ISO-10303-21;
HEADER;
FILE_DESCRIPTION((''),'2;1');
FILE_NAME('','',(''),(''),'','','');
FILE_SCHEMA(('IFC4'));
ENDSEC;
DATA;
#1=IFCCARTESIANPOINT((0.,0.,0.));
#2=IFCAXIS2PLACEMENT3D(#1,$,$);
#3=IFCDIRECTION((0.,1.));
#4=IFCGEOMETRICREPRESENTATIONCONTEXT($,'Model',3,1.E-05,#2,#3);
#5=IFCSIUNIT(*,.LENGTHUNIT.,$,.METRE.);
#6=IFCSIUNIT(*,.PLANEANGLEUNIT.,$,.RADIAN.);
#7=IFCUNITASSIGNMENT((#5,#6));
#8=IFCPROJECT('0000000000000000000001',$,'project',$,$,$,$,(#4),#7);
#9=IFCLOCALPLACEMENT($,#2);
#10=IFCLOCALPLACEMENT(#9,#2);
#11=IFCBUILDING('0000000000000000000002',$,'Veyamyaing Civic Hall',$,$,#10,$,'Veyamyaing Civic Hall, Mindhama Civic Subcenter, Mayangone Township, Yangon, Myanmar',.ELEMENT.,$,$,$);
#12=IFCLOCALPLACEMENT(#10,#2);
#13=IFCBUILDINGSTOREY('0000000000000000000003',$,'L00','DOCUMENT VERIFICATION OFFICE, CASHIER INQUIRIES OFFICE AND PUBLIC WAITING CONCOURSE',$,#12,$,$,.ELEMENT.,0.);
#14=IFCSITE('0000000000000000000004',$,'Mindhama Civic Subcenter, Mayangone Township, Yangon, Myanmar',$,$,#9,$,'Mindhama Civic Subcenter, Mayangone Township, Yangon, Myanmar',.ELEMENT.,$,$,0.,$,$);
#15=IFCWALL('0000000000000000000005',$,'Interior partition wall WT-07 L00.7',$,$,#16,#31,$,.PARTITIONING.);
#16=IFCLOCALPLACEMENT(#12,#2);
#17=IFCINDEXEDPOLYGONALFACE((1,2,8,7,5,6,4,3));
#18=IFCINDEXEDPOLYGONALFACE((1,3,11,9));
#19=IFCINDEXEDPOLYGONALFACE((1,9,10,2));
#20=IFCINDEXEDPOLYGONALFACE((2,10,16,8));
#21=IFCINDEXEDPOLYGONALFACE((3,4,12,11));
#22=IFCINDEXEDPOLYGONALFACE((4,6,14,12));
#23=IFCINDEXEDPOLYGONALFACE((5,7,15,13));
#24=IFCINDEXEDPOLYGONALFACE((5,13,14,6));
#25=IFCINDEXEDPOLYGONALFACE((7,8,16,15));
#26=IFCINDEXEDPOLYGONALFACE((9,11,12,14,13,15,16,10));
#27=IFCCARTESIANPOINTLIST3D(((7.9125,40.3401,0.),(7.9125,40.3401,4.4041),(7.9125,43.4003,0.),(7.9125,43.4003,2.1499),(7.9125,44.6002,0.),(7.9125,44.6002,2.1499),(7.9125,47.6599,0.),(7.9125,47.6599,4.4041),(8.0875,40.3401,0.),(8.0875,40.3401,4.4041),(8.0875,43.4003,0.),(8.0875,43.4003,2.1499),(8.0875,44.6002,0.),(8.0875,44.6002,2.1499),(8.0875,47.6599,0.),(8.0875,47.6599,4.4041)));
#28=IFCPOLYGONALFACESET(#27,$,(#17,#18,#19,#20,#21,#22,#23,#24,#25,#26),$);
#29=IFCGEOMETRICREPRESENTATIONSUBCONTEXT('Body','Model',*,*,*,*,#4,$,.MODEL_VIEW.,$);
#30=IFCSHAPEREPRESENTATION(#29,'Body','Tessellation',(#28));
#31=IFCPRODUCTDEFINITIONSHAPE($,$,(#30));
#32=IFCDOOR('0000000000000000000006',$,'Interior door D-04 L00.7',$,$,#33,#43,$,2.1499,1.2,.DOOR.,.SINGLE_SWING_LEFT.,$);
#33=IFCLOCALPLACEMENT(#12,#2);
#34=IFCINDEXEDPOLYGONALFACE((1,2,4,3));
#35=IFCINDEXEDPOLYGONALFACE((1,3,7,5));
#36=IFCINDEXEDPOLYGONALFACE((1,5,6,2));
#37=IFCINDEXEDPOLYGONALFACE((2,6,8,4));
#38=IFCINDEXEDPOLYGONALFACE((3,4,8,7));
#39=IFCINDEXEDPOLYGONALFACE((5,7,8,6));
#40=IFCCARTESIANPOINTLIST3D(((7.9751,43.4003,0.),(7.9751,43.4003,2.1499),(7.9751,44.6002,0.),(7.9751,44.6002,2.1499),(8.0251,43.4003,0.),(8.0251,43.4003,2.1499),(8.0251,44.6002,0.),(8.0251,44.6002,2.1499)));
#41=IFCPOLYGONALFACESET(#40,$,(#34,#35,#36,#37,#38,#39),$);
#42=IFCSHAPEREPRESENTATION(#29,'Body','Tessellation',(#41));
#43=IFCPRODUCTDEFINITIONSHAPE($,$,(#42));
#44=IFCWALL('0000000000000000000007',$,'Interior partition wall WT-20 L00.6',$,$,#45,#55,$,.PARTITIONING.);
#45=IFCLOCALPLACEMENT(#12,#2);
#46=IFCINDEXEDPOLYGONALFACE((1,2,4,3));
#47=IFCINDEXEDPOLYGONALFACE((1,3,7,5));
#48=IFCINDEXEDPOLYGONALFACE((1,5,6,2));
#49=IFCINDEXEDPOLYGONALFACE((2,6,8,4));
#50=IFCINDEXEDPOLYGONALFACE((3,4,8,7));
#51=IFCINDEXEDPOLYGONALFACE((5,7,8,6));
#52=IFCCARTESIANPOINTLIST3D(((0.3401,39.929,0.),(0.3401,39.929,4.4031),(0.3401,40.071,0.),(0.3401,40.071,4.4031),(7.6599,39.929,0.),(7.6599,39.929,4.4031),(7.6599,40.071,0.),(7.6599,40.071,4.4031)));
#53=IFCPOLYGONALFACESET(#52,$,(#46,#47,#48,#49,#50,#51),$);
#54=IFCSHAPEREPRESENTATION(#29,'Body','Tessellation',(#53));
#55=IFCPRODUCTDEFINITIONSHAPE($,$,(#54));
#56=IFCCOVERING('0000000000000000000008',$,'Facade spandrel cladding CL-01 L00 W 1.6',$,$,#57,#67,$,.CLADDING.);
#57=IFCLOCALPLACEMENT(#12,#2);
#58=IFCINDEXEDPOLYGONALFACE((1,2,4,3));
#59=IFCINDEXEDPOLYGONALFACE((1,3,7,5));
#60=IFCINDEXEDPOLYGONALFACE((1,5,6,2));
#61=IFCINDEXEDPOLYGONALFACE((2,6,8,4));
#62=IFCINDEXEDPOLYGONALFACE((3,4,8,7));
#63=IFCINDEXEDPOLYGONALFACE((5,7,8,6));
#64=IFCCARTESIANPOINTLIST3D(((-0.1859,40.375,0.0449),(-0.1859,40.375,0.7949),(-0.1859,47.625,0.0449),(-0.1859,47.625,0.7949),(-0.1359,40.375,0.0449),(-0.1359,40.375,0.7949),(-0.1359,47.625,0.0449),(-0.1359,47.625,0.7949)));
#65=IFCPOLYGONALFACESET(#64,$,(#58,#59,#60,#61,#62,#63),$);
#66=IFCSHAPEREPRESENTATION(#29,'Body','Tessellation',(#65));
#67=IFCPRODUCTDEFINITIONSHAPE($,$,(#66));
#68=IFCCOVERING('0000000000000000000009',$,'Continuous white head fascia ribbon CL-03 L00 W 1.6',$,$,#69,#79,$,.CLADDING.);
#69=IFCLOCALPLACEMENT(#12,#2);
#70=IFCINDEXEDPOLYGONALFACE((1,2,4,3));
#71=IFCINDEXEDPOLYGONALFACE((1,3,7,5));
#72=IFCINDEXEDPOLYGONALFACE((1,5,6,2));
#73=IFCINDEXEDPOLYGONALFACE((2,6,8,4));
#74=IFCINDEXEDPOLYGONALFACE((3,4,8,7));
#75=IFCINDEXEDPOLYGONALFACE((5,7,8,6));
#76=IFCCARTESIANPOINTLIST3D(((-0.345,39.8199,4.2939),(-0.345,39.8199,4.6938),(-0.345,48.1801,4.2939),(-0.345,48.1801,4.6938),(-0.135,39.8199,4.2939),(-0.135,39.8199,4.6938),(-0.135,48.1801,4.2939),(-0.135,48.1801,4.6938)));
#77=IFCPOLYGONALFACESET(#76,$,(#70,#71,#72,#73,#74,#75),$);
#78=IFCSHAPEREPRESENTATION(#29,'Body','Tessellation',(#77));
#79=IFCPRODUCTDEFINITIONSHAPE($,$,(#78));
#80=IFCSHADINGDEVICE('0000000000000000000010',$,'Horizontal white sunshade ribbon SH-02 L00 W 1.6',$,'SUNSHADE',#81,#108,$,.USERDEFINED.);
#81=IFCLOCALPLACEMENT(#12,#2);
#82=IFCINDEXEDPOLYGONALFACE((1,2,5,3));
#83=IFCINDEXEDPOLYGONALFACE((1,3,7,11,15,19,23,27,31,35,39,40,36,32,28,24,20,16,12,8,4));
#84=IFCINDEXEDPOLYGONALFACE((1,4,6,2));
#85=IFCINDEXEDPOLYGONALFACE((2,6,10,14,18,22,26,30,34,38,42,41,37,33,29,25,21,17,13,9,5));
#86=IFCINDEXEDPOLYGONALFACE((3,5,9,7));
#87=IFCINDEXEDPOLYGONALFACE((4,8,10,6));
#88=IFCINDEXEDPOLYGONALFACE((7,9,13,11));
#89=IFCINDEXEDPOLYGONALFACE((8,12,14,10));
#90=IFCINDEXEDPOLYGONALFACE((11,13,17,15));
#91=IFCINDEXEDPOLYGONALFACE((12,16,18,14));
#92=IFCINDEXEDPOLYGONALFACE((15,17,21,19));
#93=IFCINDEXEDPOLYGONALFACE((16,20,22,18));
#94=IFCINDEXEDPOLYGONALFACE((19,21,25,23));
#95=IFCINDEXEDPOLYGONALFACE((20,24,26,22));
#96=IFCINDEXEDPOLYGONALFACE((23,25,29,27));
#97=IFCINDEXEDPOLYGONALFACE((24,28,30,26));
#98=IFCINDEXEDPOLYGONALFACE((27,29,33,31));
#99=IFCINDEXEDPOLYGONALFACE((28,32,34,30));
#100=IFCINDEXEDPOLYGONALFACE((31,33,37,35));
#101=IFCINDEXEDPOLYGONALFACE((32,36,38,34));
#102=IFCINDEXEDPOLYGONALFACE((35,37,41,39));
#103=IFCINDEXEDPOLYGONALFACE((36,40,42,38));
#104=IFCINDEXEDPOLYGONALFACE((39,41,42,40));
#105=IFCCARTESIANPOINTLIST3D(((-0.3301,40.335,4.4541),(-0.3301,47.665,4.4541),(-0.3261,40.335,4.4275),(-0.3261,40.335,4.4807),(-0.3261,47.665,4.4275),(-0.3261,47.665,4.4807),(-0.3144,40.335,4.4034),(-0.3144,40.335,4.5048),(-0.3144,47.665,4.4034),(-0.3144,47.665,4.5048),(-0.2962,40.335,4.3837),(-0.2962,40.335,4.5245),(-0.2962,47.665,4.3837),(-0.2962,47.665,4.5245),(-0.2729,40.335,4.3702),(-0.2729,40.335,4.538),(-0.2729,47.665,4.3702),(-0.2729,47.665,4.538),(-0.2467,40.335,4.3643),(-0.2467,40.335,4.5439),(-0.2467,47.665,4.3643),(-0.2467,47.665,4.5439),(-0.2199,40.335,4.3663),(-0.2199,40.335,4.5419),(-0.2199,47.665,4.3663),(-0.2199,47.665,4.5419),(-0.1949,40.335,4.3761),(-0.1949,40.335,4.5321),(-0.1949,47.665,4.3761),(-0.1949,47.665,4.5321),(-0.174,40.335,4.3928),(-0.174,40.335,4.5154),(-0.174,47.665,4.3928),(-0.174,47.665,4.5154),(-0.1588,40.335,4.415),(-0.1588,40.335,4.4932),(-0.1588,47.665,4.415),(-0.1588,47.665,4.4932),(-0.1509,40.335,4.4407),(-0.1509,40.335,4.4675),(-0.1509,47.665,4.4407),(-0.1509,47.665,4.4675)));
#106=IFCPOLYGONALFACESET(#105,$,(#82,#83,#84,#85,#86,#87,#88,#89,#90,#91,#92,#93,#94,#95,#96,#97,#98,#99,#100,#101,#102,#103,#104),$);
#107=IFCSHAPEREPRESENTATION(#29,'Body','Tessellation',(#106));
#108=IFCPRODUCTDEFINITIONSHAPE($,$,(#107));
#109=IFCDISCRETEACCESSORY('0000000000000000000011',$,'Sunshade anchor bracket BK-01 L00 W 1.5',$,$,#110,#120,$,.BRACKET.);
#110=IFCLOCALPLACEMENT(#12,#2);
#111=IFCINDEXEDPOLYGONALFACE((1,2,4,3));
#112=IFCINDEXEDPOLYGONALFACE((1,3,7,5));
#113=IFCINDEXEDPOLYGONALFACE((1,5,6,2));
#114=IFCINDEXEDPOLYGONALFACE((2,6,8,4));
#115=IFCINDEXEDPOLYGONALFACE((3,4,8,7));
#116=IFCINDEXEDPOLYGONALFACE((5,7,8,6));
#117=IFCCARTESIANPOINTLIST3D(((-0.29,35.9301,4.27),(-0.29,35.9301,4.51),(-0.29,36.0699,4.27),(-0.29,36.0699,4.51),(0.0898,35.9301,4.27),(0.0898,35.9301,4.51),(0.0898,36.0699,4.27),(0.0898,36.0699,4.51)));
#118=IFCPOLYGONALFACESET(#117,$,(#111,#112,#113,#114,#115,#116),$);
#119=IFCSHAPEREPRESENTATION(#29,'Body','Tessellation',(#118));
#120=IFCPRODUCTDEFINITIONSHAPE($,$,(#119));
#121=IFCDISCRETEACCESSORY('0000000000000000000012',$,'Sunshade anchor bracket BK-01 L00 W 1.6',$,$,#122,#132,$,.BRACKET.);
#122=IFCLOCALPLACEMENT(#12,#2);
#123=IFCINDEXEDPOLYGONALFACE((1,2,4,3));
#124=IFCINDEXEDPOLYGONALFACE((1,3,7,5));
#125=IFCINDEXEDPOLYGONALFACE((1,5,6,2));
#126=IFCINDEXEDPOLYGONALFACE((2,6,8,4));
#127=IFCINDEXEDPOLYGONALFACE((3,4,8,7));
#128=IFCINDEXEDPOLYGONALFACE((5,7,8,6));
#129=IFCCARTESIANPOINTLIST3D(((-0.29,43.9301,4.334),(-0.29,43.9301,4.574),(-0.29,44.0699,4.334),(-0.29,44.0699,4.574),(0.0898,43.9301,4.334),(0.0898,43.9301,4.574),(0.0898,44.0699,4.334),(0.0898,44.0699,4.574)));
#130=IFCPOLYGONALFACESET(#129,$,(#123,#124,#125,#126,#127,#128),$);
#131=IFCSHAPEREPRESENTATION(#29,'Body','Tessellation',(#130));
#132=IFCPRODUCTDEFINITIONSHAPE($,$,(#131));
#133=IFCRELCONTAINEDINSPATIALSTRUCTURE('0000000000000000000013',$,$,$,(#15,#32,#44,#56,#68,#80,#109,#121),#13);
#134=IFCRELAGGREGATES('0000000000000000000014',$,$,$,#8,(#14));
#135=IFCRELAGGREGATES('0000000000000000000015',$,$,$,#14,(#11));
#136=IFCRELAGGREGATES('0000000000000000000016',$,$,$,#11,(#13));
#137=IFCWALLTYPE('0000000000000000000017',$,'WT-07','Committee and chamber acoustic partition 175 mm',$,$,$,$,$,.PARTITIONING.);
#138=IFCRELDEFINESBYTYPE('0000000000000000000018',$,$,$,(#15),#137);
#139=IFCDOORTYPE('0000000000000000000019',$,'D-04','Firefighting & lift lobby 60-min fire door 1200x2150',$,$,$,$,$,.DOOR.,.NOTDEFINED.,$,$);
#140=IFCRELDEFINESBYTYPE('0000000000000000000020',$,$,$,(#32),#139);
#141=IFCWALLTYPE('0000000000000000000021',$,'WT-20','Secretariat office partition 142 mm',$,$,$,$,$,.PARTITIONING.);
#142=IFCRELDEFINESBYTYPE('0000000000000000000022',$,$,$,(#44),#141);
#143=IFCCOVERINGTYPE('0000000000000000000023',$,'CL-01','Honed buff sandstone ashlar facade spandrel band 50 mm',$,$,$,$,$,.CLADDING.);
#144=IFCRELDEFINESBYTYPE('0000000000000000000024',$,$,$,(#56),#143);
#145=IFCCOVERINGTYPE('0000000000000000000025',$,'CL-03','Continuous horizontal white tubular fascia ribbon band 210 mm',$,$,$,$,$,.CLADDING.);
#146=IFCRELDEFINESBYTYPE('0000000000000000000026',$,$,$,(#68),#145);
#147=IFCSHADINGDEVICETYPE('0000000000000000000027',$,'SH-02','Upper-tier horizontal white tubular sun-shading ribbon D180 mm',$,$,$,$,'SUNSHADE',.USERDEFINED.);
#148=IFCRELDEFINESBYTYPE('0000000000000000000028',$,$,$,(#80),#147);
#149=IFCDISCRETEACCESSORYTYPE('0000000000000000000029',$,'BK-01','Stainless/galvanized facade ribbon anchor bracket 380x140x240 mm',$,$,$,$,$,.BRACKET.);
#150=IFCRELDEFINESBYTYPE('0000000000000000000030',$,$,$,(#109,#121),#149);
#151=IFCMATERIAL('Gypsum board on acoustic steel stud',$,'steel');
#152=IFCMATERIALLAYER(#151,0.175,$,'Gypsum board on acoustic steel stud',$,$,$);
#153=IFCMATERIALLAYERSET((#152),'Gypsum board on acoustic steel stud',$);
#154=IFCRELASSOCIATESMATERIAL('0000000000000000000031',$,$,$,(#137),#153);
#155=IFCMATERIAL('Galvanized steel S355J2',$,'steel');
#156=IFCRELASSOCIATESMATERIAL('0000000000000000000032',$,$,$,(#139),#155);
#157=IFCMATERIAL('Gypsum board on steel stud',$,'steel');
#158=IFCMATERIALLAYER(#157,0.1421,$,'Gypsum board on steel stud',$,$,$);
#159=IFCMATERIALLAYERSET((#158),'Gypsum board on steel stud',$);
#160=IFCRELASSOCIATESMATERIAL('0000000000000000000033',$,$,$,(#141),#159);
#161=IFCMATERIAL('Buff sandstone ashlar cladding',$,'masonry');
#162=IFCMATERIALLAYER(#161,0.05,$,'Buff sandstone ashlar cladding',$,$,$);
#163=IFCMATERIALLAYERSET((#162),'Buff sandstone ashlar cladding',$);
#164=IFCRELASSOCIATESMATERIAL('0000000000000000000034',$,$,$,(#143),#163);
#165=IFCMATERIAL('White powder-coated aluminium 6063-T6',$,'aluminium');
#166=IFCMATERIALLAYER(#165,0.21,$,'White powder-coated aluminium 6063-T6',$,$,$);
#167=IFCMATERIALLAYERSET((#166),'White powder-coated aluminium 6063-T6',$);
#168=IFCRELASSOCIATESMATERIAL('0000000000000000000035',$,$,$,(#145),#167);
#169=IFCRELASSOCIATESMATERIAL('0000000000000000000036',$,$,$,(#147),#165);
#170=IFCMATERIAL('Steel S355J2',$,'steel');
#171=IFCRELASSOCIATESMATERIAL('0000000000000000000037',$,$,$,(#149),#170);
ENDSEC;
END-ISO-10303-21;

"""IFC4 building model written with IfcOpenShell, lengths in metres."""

from ifc_helpers import new_model, si_unit, direction, frame, frame_2d, origin, origin_2d, place, context, subcontext, project, spatial, rectangle, circle, extrude, material, layer, layer_set, material_profile, profile_set, type_object, element, fill, save


model = new_model("IFC4")

# Units and contexts
model_context = context("Model", 3, precision=1e-05, world=origin(), true_north=direction((0.0, 1.0)))
body_context = subcontext(model_context, "Body", "Model", "MODEL_VIEW")
ifc_project = project(units=[si_unit("LENGTHUNIT", "METRE"), si_unit("PLANEANGLEUNIT", "RADIAN")], contexts=[model_context])

# Site, building, storey
site_placement = place(None, origin())
site = spatial("IfcSite", under=ifc_project, at=site_placement, Name="Mindhama Civic Subcenter, Mayangone Township, Yangon, Myanmar", LongName="Mindhama Civic Subcenter, Mayangone Township, Yangon, Myanmar", CompositionType="ELEMENT", RefElevation=0.0)
building_placement = place(site_placement, origin())
building = spatial("IfcBuilding", under=site, at=building_placement, Name="Veyamyaing Civic Hall", LongName="Veyamyaing Civic Hall, Mindhama Civic Subcenter, Mayangone Township, Yangon, Myanmar", CompositionType="ELEMENT")
storey_placement = place(building_placement, origin())
storey = spatial("IfcBuildingStorey", under=building, at=storey_placement, Name="L00", Description="DOCUMENT VERIFICATION OFFICE, CASHIER INQUIRIES OFFICE AND PUBLIC WAITING CONCOURSE", CompositionType="ELEMENT", Elevation=0.0)

# Wall, opening, door
ifc_material_1 = material(Name="Gypsum board on acoustic steel stud", Category="steel")
ifc_layer_1 = layer(ifc_material_1, 0.175, Name="Gypsum board on acoustic steel stud")
ifc_layer_set_1 = layer_set([ifc_layer_1], Name="Gypsum board on acoustic steel stud")
wall_type_1 = type_object("IfcWallType", Name="WT-07", Description="Committee and chamber acoustic partition 175 mm", PredefinedType="PARTITIONING", material=ifc_layer_set_1)
wall_1_placement = place(storey_placement, frame((8.0, 40.3401, 0.0), z_axis=(0.0, 0.0, 1.0), x_axis=(0.0, 1.0, 0.0)))
wall_1 = element("IfcWall", 1, at=wall_1_placement, inside=storey, type_object=wall_type_1, Name="Interior partition wall WT-07 L00.7", PredefinedType="PARTITIONING", context=body_context, shape_type="SweptSolid", body=[
    extrude(rectangle(XDim=7.3198, YDim=0.175, at=frame_2d((3.6599, 0.0))), origin(), (0.0, 0.0, 1.0), 4.4041),
])
opening_1_placement = place(wall_1_placement, frame((3.0601, 0.0, 0.0)))
opening_1 = element("IfcOpeningElement", 2, at=opening_1_placement, cuts=wall_1, PredefinedType="OPENING", context=body_context, shape_type="SweptSolid", body=[
    extrude(rectangle(XDim=1.2, YDim=2.1499, at=frame_2d((0.6001, 1.075))), frame((0.0, 0.0974, 0.0), z_axis=(0.0, -1.0, 0.0), x_axis=(1.0, 0.0, 0.0)), (0.0, 0.0, 1.0), 0.1951),
])
ifc_material_2 = material(Name="Galvanized steel S355J2", Category="steel")
door_type_1 = type_object("IfcDoorType", Name="D-04", Description="Firefighting & lift lobby 60-min fire door 1200x2150", OperationType="NOTDEFINED", PredefinedType="DOOR", material=ifc_material_2)
door_1_placement = place(opening_1_placement, origin())
door_1 = element("IfcDoor", 3, at=door_1_placement, inside=storey, type_object=door_type_1, Name="Interior door D-04 L00.7", OperationType="SINGLE_SWING_LEFT", OverallHeight=2.1499, OverallWidth=1.2, PredefinedType="DOOR", context=body_context, shape_type="SweptSolid", body=[
    extrude(rectangle(XDim=1.2, YDim=2.1499, at=frame_2d((0.6001, 1.075))), frame((0.0, 0.0249, 0.0), z_axis=(0.0, -1.0, 0.0), x_axis=(1.0, 0.0, 0.0)), (0.0, 0.0, 1.0), 0.05),
])
fill(opening_1, door_1)

# Wall
ifc_material_3 = material(Name="Gypsum board on steel stud", Category="steel")
ifc_layer_2 = layer(ifc_material_3, 0.1421, Name="Gypsum board on steel stud")
ifc_layer_set_2 = layer_set([ifc_layer_2], Name="Gypsum board on steel stud")
wall_type_2 = type_object("IfcWallType", Name="WT-20", Description="Secretariat office partition 142 mm", PredefinedType="PARTITIONING", material=ifc_layer_set_2)
wall_2_placement = place(storey_placement, frame((0.3401, 40.0, 0.0), z_axis=(0.0, 0.0, 1.0), x_axis=(1.0, 0.0, 0.0)))
element("IfcWall", 4, at=wall_2_placement, inside=storey, type_object=wall_type_2, Name="Interior partition wall WT-20 L00.6", PredefinedType="PARTITIONING", context=body_context, shape_type="SweptSolid", body=[
    extrude(rectangle(XDim=7.3198, YDim=0.1421, at=frame_2d((3.6599, 0.0))), origin(), (0.0, 0.0, 1.0), 4.4031),
])

# Coverings
ifc_material_4 = material(Name="Buff sandstone ashlar cladding", Category="masonry")
ifc_layer_3 = layer(ifc_material_4, 0.05, Name="Buff sandstone ashlar cladding")
ifc_layer_set_3 = layer_set([ifc_layer_3], Name="Buff sandstone ashlar cladding")
covering_type_1 = type_object("IfcCoveringType", Name="CL-01", Description="Honed buff sandstone ashlar facade spandrel band 50 mm", PredefinedType="CLADDING", material=ifc_layer_set_3)
covering_1_placement = place(storey_placement, frame((-0.1609, 44.0, 0.0449), z_axis=(0.0, 0.0, 1.0), x_axis=(0.0, 1.0, 0.0)))
element("IfcCovering", 5, at=covering_1_placement, inside=storey, type_object=covering_type_1, Name="Facade spandrel cladding CL-01 L00 W 1.6", PredefinedType="CLADDING", context=body_context, shape_type="SweptSolid", body=[
    extrude(rectangle(XDim=7.25, YDim=0.05, at=origin_2d()), origin(), (0.0, 0.0, 1.0), 0.75),
])
ifc_material_5 = material(Name="White powder-coated aluminium 6063-T6", Category="aluminium")
ifc_layer_4 = layer(ifc_material_5, 0.21, Name="White powder-coated aluminium 6063-T6")
ifc_layer_set_4 = layer_set([ifc_layer_4], Name="White powder-coated aluminium 6063-T6")
covering_type_2 = type_object("IfcCoveringType", Name="CL-03", Description="Continuous horizontal white tubular fascia ribbon band 210 mm", PredefinedType="CLADDING", material=ifc_layer_set_4)
covering_2_placement = place(storey_placement, frame((-0.24, 44.0, 4.2939), z_axis=(0.0, 0.0, 1.0), x_axis=(0.0, 1.0, 0.0)))
element("IfcCovering", 6, at=covering_2_placement, inside=storey, type_object=covering_type_2, Name="Continuous white head fascia ribbon CL-03 L00 W 1.6", PredefinedType="CLADDING", context=body_context, shape_type="SweptSolid", body=[
    extrude(rectangle(XDim=8.3601, YDim=0.21, at=origin_2d()), origin(), (0.0, 0.0, 1.0), 0.3999),
])

# Shading device
ifc_material_profile_1 = material_profile(ifc_material_5, circle(Radius=0.0901, at=origin_2d()), Name="SHADE-TUBE-180")
ifc_profile_set_1 = profile_set([ifc_material_profile_1], Name="White powder-coated aluminium 6063-T6")
shading_device_type = type_object("IfcShadingDeviceType", Name="SH-02", Description="Upper-tier horizontal white tubular sun-shading ribbon D180 mm", ElementType="SUNSHADE", PredefinedType="USERDEFINED", material=ifc_profile_set_1)
shading_device_placement = place(storey_placement, frame((-0.24, 40.335, 4.4541), z_axis=(0.0, 1.0, 0.0), x_axis=(-1.0, 0.0, 0.0)))
element("IfcShadingDevice", 7, at=shading_device_placement, inside=storey, type_object=shading_device_type, Name="Horizontal white sunshade ribbon SH-02 L00 W 1.6", ObjectType="SUNSHADE", PredefinedType="USERDEFINED", context=body_context, shape_type="SweptSolid", body=[
    extrude(circle(Radius=0.0901, at=origin_2d()), origin(), (0.0, 0.0, 1.0), 7.3301),
])

# Discrete accessories
ifc_material_6 = material(Name="Steel S355J2", Category="steel")
discrete_accessory_type = type_object("IfcDiscreteAccessoryType", Name="BK-01", Description="Stainless/galvanized facade ribbon anchor bracket 380x140x240 mm", PredefinedType="BRACKET", material=ifc_material_6)
for number, where, z_axis, x_axis, name in (
    (8, (-0.1001, 36.0, 4.27), (0.0, 0.0, 1.0), (-1.0, 0.0, 0.0), "Sunshade anchor bracket BK-01 L00 W 1.5"),
    (9, (-0.1001, 44.0, 4.334), (0.0, 0.0, 1.0), (-1.0, 0.0, 0.0), "Sunshade anchor bracket BK-01 L00 W 1.6"),
):
    element("IfcDiscreteAccessory", number, at=place(storey_placement, frame(where, z_axis=z_axis, x_axis=x_axis)), inside=storey, type_object=discrete_accessory_type, Name=name, PredefinedType="BRACKET", context=body_context, shape_type="SweptSolid", body=[
        extrude(rectangle(XDim=0.3799, YDim=0.1399, at=origin_2d()), origin(), (0.0, 0.0, 1.0), 0.24),
    ])

save(model, "model.ifc")
